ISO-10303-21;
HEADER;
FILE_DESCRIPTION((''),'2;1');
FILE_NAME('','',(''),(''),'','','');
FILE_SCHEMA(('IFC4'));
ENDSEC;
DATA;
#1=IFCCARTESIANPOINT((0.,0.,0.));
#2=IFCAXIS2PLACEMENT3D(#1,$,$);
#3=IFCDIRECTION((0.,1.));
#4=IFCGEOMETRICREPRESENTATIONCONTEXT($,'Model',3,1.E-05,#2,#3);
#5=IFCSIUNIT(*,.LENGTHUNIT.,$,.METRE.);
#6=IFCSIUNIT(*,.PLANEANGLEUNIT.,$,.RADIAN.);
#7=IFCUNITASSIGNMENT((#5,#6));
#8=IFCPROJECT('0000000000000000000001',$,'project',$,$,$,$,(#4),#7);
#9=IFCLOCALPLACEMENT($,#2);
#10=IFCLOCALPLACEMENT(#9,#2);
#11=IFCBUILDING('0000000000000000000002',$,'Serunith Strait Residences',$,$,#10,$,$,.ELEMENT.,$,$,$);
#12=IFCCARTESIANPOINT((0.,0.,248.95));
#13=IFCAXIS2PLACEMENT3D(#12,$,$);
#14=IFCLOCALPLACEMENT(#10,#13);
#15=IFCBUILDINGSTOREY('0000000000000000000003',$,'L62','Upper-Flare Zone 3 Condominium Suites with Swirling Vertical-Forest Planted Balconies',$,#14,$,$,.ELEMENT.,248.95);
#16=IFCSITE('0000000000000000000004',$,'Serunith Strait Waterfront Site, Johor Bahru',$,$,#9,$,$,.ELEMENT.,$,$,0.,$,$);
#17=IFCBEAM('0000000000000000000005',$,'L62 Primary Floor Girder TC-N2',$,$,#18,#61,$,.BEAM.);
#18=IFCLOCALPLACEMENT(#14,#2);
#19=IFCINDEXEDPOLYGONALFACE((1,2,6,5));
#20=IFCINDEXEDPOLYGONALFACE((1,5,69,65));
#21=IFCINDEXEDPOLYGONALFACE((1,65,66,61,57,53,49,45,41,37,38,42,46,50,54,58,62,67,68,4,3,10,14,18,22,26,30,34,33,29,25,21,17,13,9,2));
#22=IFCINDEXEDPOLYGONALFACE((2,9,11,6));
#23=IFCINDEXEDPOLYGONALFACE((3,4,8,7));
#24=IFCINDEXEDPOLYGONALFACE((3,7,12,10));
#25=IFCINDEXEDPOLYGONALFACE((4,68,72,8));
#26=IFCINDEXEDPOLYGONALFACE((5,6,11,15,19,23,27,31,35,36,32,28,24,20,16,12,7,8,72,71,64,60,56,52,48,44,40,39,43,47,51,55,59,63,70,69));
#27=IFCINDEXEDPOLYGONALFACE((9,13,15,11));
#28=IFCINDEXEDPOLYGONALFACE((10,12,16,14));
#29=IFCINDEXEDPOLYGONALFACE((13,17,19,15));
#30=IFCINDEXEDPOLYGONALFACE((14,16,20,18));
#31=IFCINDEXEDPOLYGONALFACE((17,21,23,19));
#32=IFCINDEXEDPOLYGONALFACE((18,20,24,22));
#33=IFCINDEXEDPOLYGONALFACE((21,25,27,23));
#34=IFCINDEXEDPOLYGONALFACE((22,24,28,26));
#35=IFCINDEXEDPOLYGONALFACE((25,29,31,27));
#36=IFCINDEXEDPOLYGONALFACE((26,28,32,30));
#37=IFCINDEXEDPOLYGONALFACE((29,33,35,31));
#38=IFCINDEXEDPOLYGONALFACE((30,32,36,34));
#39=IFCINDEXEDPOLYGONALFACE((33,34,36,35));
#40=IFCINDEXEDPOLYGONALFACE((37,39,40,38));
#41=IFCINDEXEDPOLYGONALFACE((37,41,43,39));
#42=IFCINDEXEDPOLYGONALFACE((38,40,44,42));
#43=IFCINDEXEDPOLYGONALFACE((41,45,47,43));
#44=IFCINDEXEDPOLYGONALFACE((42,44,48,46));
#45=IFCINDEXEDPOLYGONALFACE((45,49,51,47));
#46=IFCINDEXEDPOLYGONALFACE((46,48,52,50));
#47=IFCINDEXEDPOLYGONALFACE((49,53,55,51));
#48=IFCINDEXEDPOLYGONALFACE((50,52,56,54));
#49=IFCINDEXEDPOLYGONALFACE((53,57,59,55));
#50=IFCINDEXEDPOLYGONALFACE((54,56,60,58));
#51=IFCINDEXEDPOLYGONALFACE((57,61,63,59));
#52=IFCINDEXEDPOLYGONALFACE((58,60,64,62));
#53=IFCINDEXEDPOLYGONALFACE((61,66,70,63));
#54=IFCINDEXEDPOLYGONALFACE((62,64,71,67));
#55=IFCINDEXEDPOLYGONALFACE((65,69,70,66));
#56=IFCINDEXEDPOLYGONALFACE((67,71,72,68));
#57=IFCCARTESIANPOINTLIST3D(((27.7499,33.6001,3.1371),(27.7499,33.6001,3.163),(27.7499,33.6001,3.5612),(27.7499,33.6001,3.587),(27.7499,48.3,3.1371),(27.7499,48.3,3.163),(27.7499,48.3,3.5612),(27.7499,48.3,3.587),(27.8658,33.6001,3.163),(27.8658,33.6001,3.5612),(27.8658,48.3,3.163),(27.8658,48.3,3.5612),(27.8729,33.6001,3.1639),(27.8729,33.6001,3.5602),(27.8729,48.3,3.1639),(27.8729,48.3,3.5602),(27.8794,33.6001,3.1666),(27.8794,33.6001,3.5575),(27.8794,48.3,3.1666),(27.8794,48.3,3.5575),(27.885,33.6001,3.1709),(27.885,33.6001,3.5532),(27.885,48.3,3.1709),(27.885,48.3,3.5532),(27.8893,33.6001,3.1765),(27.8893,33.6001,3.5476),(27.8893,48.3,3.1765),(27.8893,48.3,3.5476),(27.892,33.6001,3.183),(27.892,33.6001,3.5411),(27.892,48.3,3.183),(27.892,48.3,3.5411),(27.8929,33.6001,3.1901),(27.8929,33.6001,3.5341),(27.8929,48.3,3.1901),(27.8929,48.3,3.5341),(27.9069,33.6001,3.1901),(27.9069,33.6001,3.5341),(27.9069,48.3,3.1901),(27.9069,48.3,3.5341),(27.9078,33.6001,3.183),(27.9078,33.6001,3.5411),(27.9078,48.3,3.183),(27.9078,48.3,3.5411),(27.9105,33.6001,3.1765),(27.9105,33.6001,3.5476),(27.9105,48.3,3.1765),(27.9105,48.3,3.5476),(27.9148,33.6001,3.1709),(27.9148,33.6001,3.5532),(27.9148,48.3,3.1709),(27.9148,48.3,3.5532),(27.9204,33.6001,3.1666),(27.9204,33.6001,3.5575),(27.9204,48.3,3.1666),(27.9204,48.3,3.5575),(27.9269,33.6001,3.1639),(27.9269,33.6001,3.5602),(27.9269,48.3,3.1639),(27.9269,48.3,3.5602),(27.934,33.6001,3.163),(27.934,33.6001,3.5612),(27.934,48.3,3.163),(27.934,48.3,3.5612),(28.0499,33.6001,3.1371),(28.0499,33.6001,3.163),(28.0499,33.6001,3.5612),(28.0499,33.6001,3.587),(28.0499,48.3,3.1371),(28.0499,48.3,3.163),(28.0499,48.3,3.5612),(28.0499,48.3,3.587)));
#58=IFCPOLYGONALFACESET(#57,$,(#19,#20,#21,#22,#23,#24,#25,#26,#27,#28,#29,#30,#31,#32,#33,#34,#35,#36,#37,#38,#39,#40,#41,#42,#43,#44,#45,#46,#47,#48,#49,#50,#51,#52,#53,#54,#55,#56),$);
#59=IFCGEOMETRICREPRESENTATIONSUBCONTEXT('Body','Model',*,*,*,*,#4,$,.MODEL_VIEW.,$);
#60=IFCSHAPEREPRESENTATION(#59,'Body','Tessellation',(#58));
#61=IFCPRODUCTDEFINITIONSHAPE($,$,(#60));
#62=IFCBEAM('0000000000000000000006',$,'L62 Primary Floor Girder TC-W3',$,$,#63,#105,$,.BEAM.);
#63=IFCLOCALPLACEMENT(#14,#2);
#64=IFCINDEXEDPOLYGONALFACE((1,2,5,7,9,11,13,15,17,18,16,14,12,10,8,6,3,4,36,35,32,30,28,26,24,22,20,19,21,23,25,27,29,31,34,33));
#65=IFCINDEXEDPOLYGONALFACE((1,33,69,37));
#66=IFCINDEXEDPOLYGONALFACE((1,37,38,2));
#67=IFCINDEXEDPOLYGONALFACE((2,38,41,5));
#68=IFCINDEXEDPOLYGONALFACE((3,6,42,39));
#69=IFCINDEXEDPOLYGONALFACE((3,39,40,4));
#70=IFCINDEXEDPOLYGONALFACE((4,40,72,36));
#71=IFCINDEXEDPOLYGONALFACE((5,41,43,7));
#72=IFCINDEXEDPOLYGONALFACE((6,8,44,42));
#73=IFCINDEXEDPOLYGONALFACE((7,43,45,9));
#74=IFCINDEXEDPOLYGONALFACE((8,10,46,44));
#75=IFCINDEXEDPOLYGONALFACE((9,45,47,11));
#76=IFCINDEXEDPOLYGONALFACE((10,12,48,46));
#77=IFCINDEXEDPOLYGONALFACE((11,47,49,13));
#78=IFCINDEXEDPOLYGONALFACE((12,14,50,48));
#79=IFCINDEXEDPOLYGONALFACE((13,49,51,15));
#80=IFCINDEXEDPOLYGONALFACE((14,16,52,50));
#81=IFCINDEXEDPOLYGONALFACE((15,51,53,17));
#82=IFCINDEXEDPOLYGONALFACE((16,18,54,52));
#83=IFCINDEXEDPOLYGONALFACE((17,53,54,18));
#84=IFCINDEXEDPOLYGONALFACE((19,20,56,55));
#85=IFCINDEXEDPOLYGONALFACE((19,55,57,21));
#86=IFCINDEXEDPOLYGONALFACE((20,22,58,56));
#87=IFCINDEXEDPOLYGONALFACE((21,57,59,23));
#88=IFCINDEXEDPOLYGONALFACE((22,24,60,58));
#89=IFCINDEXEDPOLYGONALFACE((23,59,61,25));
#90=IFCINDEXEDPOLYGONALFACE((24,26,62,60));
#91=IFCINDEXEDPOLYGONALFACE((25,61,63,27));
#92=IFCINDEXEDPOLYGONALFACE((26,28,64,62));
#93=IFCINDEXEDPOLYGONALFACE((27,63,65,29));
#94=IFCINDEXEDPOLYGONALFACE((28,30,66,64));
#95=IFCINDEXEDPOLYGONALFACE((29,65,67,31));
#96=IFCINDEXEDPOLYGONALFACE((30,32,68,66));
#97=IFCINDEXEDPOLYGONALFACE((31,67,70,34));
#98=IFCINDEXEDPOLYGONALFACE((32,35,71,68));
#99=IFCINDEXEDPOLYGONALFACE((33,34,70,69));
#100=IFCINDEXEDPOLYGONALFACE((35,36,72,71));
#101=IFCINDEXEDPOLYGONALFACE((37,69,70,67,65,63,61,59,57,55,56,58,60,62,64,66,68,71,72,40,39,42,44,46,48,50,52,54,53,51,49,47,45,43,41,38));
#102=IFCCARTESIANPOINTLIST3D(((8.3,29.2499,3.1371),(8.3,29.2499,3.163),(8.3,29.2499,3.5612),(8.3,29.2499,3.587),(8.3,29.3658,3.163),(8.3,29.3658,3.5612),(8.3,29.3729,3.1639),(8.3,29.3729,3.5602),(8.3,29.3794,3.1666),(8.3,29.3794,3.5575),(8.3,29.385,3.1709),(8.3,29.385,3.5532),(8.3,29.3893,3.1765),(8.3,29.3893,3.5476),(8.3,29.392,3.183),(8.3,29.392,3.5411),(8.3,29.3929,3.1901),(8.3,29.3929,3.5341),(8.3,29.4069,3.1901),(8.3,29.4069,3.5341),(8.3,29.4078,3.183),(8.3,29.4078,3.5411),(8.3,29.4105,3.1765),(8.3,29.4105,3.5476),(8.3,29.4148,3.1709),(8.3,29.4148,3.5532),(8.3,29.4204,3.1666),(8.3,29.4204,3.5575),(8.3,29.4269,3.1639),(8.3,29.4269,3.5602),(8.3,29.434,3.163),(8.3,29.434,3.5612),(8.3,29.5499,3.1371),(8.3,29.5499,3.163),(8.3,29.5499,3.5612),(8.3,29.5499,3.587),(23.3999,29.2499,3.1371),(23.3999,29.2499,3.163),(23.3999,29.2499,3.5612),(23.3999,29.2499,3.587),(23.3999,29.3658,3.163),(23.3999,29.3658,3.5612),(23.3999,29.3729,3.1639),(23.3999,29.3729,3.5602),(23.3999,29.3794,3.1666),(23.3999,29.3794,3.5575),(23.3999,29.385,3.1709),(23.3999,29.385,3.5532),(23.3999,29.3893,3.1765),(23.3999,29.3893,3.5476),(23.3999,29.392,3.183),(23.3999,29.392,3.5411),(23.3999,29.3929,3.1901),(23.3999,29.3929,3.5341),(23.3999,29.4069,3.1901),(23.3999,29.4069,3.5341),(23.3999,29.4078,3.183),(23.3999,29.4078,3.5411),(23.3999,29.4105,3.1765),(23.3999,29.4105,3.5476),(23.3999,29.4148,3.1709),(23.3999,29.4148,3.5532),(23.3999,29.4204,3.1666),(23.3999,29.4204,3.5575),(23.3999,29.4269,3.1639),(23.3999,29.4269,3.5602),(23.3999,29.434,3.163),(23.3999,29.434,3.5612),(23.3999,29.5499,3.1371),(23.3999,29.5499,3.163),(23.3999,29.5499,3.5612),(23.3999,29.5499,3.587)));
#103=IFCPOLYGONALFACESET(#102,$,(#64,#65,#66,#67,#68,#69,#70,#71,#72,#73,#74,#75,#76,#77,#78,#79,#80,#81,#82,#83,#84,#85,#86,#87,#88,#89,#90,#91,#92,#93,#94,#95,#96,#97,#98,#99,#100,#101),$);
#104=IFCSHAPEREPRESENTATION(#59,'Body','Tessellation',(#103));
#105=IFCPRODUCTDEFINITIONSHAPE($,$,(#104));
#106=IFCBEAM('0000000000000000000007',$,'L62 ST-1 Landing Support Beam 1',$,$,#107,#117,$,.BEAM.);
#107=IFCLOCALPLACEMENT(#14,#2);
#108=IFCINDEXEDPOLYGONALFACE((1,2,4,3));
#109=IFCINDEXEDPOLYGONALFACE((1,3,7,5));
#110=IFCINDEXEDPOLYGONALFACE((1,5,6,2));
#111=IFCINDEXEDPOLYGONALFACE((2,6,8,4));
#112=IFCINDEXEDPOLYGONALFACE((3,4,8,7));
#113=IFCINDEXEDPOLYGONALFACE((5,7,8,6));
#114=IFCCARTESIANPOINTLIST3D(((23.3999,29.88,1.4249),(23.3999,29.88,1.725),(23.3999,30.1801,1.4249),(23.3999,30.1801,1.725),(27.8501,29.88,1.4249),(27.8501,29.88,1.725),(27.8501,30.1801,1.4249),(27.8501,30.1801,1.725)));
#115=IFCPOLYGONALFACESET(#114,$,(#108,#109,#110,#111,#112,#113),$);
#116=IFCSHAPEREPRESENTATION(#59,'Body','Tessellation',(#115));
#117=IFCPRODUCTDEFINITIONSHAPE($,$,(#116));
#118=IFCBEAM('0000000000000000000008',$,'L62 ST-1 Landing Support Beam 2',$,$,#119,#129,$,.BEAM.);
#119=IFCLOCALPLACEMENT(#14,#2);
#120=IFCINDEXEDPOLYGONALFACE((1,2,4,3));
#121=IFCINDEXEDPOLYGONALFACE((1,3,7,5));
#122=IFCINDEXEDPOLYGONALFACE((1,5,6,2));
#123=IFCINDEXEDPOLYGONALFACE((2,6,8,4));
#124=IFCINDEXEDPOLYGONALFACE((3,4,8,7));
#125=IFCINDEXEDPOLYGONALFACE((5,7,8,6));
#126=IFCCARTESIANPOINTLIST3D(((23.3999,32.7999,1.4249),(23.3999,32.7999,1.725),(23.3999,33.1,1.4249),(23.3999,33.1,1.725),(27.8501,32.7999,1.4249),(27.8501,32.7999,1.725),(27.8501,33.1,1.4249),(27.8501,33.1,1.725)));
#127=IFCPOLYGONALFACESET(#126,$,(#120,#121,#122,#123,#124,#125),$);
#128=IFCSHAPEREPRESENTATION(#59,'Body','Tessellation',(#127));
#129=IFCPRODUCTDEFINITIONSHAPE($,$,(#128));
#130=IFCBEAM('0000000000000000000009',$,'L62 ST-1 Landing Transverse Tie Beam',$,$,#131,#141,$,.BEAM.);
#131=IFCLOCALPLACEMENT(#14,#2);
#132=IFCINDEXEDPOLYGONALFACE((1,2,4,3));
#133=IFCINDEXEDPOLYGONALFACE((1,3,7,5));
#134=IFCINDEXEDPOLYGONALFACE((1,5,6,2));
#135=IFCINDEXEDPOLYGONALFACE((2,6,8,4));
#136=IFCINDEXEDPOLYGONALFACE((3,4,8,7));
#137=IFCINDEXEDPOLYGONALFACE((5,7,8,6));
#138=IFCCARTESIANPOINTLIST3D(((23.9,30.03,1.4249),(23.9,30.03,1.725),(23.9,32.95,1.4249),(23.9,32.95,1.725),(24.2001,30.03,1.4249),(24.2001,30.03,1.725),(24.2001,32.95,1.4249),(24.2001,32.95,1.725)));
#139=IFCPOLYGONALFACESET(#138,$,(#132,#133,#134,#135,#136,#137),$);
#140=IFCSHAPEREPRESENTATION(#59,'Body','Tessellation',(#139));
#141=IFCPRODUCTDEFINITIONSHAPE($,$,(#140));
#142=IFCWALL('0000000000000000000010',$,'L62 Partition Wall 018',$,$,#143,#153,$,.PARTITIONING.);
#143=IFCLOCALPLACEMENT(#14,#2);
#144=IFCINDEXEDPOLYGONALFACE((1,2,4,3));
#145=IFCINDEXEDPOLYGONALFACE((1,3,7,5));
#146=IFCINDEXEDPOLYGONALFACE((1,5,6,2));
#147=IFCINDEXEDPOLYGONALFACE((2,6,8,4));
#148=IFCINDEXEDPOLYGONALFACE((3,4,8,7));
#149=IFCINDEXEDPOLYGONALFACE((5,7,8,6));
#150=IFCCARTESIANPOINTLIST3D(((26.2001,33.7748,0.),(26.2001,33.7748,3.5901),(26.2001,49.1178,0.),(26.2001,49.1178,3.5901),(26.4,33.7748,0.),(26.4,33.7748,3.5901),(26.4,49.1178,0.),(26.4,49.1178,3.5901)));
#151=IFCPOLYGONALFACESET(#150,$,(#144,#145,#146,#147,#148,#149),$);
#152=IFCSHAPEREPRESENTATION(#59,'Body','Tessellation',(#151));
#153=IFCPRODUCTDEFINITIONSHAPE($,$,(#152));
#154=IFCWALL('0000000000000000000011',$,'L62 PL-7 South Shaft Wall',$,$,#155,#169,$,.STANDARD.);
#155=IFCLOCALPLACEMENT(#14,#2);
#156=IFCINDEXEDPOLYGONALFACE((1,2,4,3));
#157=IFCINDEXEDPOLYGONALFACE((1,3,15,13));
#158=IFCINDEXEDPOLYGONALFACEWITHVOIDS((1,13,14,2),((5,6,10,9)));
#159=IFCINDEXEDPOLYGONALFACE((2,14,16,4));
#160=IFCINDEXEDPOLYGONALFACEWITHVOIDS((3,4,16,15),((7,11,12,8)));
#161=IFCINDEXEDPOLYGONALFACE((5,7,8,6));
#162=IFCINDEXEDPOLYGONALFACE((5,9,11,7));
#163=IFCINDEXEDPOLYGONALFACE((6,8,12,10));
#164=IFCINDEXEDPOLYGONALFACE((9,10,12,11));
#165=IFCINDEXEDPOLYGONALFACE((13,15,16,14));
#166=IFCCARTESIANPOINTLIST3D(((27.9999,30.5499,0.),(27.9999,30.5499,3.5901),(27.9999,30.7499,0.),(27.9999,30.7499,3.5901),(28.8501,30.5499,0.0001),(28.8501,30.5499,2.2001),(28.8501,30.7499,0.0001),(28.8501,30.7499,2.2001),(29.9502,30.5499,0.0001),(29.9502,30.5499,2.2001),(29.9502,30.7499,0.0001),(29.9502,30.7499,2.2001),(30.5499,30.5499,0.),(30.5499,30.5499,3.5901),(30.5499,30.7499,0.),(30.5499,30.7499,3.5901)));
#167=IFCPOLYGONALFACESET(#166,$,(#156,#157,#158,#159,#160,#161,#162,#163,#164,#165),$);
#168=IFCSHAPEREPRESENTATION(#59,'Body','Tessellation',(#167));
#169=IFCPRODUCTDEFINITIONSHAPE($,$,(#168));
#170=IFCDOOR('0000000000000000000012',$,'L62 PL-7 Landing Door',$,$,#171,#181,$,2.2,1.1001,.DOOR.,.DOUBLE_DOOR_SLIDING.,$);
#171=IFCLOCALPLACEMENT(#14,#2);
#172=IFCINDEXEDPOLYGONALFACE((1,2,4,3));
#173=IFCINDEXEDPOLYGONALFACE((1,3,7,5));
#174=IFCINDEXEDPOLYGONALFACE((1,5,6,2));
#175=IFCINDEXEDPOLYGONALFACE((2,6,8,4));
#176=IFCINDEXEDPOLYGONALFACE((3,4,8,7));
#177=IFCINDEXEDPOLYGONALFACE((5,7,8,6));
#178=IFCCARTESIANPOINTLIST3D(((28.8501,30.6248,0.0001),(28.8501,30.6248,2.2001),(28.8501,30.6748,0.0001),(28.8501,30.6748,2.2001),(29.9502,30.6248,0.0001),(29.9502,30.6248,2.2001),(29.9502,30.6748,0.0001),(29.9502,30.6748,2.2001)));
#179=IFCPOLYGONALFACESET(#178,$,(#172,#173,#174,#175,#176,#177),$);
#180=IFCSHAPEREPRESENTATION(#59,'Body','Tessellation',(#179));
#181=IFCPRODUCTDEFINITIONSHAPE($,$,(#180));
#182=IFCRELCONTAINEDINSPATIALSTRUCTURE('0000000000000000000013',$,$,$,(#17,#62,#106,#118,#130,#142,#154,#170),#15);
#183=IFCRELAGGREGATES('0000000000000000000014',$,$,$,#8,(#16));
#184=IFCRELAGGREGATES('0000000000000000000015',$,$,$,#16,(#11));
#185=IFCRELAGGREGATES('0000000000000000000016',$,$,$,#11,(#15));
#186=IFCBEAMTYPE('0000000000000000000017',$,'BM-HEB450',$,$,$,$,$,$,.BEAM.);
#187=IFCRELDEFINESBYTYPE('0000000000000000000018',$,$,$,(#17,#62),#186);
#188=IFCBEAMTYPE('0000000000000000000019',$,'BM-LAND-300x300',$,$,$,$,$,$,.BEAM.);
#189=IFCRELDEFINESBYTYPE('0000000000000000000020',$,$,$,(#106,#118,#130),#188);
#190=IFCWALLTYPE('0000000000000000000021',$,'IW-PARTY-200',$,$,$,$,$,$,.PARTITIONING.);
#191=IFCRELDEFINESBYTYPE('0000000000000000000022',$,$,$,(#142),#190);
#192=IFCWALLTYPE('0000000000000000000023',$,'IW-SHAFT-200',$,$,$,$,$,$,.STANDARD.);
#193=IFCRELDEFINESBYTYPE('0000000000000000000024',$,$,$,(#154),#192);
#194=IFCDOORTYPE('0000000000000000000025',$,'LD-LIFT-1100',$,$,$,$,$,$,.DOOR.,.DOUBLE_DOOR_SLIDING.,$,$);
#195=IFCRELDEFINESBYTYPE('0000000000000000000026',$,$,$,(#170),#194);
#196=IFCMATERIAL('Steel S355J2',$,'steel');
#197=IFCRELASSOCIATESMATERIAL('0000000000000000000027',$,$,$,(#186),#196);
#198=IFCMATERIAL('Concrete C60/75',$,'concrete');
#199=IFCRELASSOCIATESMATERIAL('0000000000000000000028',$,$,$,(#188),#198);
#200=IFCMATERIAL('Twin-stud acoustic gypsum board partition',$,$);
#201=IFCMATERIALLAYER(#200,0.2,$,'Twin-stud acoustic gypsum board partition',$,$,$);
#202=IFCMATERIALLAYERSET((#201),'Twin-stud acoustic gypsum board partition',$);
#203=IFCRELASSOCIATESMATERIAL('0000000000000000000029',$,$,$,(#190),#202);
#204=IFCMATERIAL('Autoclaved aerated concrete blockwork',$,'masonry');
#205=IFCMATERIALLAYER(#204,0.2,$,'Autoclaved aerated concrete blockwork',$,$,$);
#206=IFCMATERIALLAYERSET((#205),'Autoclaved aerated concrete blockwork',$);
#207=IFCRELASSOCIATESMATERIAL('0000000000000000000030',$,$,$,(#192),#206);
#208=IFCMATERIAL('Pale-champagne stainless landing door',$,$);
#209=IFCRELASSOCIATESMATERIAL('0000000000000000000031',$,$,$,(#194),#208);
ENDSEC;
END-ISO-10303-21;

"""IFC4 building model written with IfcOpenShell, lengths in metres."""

from ifc_helpers import new_model, si_unit, direction, frame, frame_2d, origin, origin_2d, place, context, subcontext, project, spatial, rectangle, i_section, extrude, source, transform, mapped, material, layer, layer_set, material_profile, profile_set, type_object, element, fill, save


model = new_model("IFC4")

# Units and contexts
model_context = context("Model", 3, precision=1e-05, world=origin(), true_north=direction((0.0, 1.0)))
body_context = subcontext(model_context, "Body", "Model", "MODEL_VIEW")
ifc_project = project(units=[si_unit("LENGTHUNIT", "METRE"), si_unit("PLANEANGLEUNIT", "RADIAN")], contexts=[model_context])

# Site, building, storey
site_placement = place(None, origin())
site = spatial("IfcSite", under=ifc_project, at=site_placement, Name="Serunith Strait Waterfront Site, Johor Bahru", CompositionType="ELEMENT", RefElevation=0.0)
building_placement = place(site_placement, origin())
building = spatial("IfcBuilding", under=site, at=building_placement, Name="Serunith Strait Residences", CompositionType="ELEMENT")
storey_placement = place(building_placement, frame((0.0, 0.0, 248.95)))
storey = spatial("IfcBuildingStorey", under=building, at=storey_placement, Name="L62", Description="Upper-Flare Zone 3 Condominium Suites with Swirling Vertical-Forest Planted Balconies", CompositionType="ELEMENT", Elevation=248.95)

# Beams
ifc_material_1 = material(Name="Steel S355J2", Category="steel")
ifc_material_profile_1 = material_profile(ifc_material_1, i_section(OverallWidth=0.3, OverallDepth=0.45, WebThickness=0.0139, FlangeThickness=0.0259, FilletRadius=0.0271, at=origin_2d()), Name="HEB 450")
ifc_profile_set_1 = profile_set([ifc_material_profile_1], Name="Steel S355J2")
beam_type_1 = type_object("IfcBeamType", Name="BM-HEB450", PredefinedType="BEAM", material=ifc_profile_set_1)
shared_shape_1 = source(origin(), body_context, "Body", "SweptSolid", [
    extrude(i_section(OverallWidth=0.3, OverallDepth=0.45, WebThickness=0.0139, FlangeThickness=0.0259, FilletRadius=0.0271, at=origin_2d()), origin(), (0.0, 0.0, 1.0), 14.7),
])
beam_1_placement = place(storey_placement, frame((27.8999, 33.6001, 3.3621), z_axis=(0.0, 1.0, 0.0), x_axis=(-1.0, 0.0, 0.0)))
element("IfcBeam", 1, at=beam_1_placement, inside=storey, type_object=beam_type_1, Name="L62 Primary Floor Girder TC-N2", PredefinedType="BEAM", context=body_context, shape_type="MappedRepresentation", body=[
    mapped(shared_shape_1, transform((0.0, 0.0, 0.0), scale=1.0)),
])
shared_shape_2 = source(origin(), body_context, "Body", "SweptSolid", [
    extrude(i_section(OverallWidth=0.3, OverallDepth=0.45, WebThickness=0.0139, FlangeThickness=0.0259, FilletRadius=0.0271, at=origin_2d()), origin(), (0.0, 0.0, 1.0), 15.0999),
])
beam_2_placement = place(storey_placement, frame((23.3999, 29.3999, 3.3621), z_axis=(-1.0, 0.0, 0.0), x_axis=(0.0, -1.0, 0.0)))
element("IfcBeam", 2, at=beam_2_placement, inside=storey, type_object=beam_type_1, Name="L62 Primary Floor Girder TC-W3", PredefinedType="BEAM", context=body_context, shape_type="MappedRepresentation", body=[
    mapped(shared_shape_2, transform((0.0, 0.0, 0.0), scale=1.0)),
])
ifc_material_2 = material(Name="Concrete C60/75", Category="concrete")
ifc_material_profile_2 = material_profile(ifc_material_2, rectangle(XDim=0.3, YDim=0.3, at=origin_2d()), Name="RC 300x300")
ifc_profile_set_2 = profile_set([ifc_material_profile_2], Name="Concrete C60/75")
beam_type_2 = type_object("IfcBeamType", Name="BM-LAND-300x300", PredefinedType="BEAM", material=ifc_profile_set_2)
shared_shape_3 = source(origin(), body_context, "Body", "SweptSolid", [
    extrude(rectangle(XDim=0.3, YDim=0.3, at=origin_2d()), origin(), (0.0, 0.0, 1.0), 4.4502),
])
for number, where, z_axis, x_axis, name in (
    (3, (23.3999, 30.03, 1.575), (1.0, 0.0, 0.0), (0.0, 1.0, 0.0), "L62 ST-1 Landing Support Beam 1"),
    (4, (23.3999, 32.95, 1.575), (1.0, 0.0, 0.0), (0.0, 1.0, 0.0), "L62 ST-1 Landing Support Beam 2"),
):
    element("IfcBeam", number, at=place(storey_placement, frame(where, z_axis=z_axis, x_axis=x_axis)), inside=storey, type_object=beam_type_2, Name=name, PredefinedType="BEAM", context=body_context, shape_type="MappedRepresentation", body=[
        mapped(shared_shape_3, transform((0.0, 0.0, 0.0), scale=1.0)),
    ])
shared_shape_4 = source(origin(), body_context, "Body", "SweptSolid", [
    extrude(rectangle(XDim=0.3, YDim=0.3, at=origin_2d()), origin(), (0.0, 0.0, 1.0), 2.9199),
])
beam_3_placement = place(storey_placement, frame((24.05, 30.03, 1.575), z_axis=(0.0, 1.0, 0.0), x_axis=(-1.0, 0.0, 0.0)))
element("IfcBeam", 5, at=beam_3_placement, inside=storey, type_object=beam_type_2, Name="L62 ST-1 Landing Transverse Tie Beam", PredefinedType="BEAM", context=body_context, shape_type="MappedRepresentation", body=[
    mapped(shared_shape_4, transform((0.0, 0.0, 0.0), scale=1.0)),
])

# Wall
ifc_material_3 = material(Name="Twin-stud acoustic gypsum board partition")
ifc_layer_1 = layer(ifc_material_3, 0.2, Name="Twin-stud acoustic gypsum board partition")
ifc_layer_set_1 = layer_set([ifc_layer_1], Name="Twin-stud acoustic gypsum board partition")
wall_type_1 = type_object("IfcWallType", Name="IW-PARTY-200", PredefinedType="PARTITIONING", material=ifc_layer_set_1)
wall_1_placement = place(storey_placement, frame((26.3, 33.7749, 0.0), z_axis=(0.0, 0.0, 1.0), x_axis=(0.0, 1.0, 0.0)))
element("IfcWall", 6, at=wall_1_placement, inside=storey, type_object=wall_type_1, Name="L62 Partition Wall 018", PredefinedType="PARTITIONING", context=body_context, shape_type="SweptSolid", body=[
    extrude(rectangle(XDim=15.343, YDim=0.2, at=frame_2d((7.6714, 0.0))), origin(), (0.0, 0.0, 1.0), 3.5901),
])

# Wall, opening, door
ifc_material_4 = material(Name="Autoclaved aerated concrete blockwork", Category="masonry")
ifc_layer_2 = layer(ifc_material_4, 0.2, Name="Autoclaved aerated concrete blockwork")
ifc_layer_set_2 = layer_set([ifc_layer_2], Name="Autoclaved aerated concrete blockwork")
wall_type_2 = type_object("IfcWallType", Name="IW-SHAFT-200", PredefinedType="STANDARD", material=ifc_layer_set_2)
wall_2_placement = place(storey_placement, frame((28.0, 30.6499, 0.0), z_axis=(0.0, 0.0, 1.0), x_axis=(1.0, 0.0, 0.0)))
wall_2 = element("IfcWall", 7, at=wall_2_placement, inside=storey, type_object=wall_type_2, Name="L62 PL-7 South Shaft Wall", PredefinedType="STANDARD", context=body_context, shape_type="SweptSolid", body=[
    extrude(rectangle(XDim=2.55, YDim=0.2, at=frame_2d((1.2749, 0.0))), origin(), (0.0, 0.0, 1.0), 3.5901),
])
opening_placement = place(wall_2_placement, frame((0.8501, 0.0, 0.0)))
opening = element("IfcOpeningElement", 8, at=opening_placement, cuts=wall_2, PredefinedType="OPENING", context=body_context, shape_type="SweptSolid", body=[
    extrude(rectangle(XDim=1.1001, YDim=2.2, at=frame_2d((0.55, 1.1001))), frame((0.0, 0.1099, 0.0), z_axis=(0.0, -1.0, 0.0), x_axis=(1.0, 0.0, 0.0)), (0.0, 0.0, 1.0), 0.22),
])
ifc_material_5 = material(Name="Pale-champagne stainless landing door")
door_type = type_object("IfcDoorType", Name="LD-LIFT-1100", OperationType="DOUBLE_DOOR_SLIDING", PredefinedType="DOOR", material=ifc_material_5)
shared_shape_5 = source(origin(), body_context, "Body", "SweptSolid", [
    extrude(rectangle(XDim=1.1001, YDim=2.2, at=frame_2d((0.55, 1.1001))), frame((0.0, 0.0249, 0.0), z_axis=(0.0, -1.0, 0.0), x_axis=(1.0, 0.0, 0.0)), (0.0, 0.0, 1.0), 0.05),
])
door_placement = place(opening_placement, origin())
door = element("IfcDoor", 9, at=door_placement, inside=storey, type_object=door_type, Name="L62 PL-7 Landing Door", OperationType="DOUBLE_DOOR_SLIDING", OverallHeight=2.2, OverallWidth=1.1001, PredefinedType="DOOR", context=body_context, shape_type="MappedRepresentation", body=[
    mapped(shared_shape_5, transform((0.0, 0.0, 0.0), scale=1.0)),
])
fill(opening, door)

save(model, "model.ifc")
